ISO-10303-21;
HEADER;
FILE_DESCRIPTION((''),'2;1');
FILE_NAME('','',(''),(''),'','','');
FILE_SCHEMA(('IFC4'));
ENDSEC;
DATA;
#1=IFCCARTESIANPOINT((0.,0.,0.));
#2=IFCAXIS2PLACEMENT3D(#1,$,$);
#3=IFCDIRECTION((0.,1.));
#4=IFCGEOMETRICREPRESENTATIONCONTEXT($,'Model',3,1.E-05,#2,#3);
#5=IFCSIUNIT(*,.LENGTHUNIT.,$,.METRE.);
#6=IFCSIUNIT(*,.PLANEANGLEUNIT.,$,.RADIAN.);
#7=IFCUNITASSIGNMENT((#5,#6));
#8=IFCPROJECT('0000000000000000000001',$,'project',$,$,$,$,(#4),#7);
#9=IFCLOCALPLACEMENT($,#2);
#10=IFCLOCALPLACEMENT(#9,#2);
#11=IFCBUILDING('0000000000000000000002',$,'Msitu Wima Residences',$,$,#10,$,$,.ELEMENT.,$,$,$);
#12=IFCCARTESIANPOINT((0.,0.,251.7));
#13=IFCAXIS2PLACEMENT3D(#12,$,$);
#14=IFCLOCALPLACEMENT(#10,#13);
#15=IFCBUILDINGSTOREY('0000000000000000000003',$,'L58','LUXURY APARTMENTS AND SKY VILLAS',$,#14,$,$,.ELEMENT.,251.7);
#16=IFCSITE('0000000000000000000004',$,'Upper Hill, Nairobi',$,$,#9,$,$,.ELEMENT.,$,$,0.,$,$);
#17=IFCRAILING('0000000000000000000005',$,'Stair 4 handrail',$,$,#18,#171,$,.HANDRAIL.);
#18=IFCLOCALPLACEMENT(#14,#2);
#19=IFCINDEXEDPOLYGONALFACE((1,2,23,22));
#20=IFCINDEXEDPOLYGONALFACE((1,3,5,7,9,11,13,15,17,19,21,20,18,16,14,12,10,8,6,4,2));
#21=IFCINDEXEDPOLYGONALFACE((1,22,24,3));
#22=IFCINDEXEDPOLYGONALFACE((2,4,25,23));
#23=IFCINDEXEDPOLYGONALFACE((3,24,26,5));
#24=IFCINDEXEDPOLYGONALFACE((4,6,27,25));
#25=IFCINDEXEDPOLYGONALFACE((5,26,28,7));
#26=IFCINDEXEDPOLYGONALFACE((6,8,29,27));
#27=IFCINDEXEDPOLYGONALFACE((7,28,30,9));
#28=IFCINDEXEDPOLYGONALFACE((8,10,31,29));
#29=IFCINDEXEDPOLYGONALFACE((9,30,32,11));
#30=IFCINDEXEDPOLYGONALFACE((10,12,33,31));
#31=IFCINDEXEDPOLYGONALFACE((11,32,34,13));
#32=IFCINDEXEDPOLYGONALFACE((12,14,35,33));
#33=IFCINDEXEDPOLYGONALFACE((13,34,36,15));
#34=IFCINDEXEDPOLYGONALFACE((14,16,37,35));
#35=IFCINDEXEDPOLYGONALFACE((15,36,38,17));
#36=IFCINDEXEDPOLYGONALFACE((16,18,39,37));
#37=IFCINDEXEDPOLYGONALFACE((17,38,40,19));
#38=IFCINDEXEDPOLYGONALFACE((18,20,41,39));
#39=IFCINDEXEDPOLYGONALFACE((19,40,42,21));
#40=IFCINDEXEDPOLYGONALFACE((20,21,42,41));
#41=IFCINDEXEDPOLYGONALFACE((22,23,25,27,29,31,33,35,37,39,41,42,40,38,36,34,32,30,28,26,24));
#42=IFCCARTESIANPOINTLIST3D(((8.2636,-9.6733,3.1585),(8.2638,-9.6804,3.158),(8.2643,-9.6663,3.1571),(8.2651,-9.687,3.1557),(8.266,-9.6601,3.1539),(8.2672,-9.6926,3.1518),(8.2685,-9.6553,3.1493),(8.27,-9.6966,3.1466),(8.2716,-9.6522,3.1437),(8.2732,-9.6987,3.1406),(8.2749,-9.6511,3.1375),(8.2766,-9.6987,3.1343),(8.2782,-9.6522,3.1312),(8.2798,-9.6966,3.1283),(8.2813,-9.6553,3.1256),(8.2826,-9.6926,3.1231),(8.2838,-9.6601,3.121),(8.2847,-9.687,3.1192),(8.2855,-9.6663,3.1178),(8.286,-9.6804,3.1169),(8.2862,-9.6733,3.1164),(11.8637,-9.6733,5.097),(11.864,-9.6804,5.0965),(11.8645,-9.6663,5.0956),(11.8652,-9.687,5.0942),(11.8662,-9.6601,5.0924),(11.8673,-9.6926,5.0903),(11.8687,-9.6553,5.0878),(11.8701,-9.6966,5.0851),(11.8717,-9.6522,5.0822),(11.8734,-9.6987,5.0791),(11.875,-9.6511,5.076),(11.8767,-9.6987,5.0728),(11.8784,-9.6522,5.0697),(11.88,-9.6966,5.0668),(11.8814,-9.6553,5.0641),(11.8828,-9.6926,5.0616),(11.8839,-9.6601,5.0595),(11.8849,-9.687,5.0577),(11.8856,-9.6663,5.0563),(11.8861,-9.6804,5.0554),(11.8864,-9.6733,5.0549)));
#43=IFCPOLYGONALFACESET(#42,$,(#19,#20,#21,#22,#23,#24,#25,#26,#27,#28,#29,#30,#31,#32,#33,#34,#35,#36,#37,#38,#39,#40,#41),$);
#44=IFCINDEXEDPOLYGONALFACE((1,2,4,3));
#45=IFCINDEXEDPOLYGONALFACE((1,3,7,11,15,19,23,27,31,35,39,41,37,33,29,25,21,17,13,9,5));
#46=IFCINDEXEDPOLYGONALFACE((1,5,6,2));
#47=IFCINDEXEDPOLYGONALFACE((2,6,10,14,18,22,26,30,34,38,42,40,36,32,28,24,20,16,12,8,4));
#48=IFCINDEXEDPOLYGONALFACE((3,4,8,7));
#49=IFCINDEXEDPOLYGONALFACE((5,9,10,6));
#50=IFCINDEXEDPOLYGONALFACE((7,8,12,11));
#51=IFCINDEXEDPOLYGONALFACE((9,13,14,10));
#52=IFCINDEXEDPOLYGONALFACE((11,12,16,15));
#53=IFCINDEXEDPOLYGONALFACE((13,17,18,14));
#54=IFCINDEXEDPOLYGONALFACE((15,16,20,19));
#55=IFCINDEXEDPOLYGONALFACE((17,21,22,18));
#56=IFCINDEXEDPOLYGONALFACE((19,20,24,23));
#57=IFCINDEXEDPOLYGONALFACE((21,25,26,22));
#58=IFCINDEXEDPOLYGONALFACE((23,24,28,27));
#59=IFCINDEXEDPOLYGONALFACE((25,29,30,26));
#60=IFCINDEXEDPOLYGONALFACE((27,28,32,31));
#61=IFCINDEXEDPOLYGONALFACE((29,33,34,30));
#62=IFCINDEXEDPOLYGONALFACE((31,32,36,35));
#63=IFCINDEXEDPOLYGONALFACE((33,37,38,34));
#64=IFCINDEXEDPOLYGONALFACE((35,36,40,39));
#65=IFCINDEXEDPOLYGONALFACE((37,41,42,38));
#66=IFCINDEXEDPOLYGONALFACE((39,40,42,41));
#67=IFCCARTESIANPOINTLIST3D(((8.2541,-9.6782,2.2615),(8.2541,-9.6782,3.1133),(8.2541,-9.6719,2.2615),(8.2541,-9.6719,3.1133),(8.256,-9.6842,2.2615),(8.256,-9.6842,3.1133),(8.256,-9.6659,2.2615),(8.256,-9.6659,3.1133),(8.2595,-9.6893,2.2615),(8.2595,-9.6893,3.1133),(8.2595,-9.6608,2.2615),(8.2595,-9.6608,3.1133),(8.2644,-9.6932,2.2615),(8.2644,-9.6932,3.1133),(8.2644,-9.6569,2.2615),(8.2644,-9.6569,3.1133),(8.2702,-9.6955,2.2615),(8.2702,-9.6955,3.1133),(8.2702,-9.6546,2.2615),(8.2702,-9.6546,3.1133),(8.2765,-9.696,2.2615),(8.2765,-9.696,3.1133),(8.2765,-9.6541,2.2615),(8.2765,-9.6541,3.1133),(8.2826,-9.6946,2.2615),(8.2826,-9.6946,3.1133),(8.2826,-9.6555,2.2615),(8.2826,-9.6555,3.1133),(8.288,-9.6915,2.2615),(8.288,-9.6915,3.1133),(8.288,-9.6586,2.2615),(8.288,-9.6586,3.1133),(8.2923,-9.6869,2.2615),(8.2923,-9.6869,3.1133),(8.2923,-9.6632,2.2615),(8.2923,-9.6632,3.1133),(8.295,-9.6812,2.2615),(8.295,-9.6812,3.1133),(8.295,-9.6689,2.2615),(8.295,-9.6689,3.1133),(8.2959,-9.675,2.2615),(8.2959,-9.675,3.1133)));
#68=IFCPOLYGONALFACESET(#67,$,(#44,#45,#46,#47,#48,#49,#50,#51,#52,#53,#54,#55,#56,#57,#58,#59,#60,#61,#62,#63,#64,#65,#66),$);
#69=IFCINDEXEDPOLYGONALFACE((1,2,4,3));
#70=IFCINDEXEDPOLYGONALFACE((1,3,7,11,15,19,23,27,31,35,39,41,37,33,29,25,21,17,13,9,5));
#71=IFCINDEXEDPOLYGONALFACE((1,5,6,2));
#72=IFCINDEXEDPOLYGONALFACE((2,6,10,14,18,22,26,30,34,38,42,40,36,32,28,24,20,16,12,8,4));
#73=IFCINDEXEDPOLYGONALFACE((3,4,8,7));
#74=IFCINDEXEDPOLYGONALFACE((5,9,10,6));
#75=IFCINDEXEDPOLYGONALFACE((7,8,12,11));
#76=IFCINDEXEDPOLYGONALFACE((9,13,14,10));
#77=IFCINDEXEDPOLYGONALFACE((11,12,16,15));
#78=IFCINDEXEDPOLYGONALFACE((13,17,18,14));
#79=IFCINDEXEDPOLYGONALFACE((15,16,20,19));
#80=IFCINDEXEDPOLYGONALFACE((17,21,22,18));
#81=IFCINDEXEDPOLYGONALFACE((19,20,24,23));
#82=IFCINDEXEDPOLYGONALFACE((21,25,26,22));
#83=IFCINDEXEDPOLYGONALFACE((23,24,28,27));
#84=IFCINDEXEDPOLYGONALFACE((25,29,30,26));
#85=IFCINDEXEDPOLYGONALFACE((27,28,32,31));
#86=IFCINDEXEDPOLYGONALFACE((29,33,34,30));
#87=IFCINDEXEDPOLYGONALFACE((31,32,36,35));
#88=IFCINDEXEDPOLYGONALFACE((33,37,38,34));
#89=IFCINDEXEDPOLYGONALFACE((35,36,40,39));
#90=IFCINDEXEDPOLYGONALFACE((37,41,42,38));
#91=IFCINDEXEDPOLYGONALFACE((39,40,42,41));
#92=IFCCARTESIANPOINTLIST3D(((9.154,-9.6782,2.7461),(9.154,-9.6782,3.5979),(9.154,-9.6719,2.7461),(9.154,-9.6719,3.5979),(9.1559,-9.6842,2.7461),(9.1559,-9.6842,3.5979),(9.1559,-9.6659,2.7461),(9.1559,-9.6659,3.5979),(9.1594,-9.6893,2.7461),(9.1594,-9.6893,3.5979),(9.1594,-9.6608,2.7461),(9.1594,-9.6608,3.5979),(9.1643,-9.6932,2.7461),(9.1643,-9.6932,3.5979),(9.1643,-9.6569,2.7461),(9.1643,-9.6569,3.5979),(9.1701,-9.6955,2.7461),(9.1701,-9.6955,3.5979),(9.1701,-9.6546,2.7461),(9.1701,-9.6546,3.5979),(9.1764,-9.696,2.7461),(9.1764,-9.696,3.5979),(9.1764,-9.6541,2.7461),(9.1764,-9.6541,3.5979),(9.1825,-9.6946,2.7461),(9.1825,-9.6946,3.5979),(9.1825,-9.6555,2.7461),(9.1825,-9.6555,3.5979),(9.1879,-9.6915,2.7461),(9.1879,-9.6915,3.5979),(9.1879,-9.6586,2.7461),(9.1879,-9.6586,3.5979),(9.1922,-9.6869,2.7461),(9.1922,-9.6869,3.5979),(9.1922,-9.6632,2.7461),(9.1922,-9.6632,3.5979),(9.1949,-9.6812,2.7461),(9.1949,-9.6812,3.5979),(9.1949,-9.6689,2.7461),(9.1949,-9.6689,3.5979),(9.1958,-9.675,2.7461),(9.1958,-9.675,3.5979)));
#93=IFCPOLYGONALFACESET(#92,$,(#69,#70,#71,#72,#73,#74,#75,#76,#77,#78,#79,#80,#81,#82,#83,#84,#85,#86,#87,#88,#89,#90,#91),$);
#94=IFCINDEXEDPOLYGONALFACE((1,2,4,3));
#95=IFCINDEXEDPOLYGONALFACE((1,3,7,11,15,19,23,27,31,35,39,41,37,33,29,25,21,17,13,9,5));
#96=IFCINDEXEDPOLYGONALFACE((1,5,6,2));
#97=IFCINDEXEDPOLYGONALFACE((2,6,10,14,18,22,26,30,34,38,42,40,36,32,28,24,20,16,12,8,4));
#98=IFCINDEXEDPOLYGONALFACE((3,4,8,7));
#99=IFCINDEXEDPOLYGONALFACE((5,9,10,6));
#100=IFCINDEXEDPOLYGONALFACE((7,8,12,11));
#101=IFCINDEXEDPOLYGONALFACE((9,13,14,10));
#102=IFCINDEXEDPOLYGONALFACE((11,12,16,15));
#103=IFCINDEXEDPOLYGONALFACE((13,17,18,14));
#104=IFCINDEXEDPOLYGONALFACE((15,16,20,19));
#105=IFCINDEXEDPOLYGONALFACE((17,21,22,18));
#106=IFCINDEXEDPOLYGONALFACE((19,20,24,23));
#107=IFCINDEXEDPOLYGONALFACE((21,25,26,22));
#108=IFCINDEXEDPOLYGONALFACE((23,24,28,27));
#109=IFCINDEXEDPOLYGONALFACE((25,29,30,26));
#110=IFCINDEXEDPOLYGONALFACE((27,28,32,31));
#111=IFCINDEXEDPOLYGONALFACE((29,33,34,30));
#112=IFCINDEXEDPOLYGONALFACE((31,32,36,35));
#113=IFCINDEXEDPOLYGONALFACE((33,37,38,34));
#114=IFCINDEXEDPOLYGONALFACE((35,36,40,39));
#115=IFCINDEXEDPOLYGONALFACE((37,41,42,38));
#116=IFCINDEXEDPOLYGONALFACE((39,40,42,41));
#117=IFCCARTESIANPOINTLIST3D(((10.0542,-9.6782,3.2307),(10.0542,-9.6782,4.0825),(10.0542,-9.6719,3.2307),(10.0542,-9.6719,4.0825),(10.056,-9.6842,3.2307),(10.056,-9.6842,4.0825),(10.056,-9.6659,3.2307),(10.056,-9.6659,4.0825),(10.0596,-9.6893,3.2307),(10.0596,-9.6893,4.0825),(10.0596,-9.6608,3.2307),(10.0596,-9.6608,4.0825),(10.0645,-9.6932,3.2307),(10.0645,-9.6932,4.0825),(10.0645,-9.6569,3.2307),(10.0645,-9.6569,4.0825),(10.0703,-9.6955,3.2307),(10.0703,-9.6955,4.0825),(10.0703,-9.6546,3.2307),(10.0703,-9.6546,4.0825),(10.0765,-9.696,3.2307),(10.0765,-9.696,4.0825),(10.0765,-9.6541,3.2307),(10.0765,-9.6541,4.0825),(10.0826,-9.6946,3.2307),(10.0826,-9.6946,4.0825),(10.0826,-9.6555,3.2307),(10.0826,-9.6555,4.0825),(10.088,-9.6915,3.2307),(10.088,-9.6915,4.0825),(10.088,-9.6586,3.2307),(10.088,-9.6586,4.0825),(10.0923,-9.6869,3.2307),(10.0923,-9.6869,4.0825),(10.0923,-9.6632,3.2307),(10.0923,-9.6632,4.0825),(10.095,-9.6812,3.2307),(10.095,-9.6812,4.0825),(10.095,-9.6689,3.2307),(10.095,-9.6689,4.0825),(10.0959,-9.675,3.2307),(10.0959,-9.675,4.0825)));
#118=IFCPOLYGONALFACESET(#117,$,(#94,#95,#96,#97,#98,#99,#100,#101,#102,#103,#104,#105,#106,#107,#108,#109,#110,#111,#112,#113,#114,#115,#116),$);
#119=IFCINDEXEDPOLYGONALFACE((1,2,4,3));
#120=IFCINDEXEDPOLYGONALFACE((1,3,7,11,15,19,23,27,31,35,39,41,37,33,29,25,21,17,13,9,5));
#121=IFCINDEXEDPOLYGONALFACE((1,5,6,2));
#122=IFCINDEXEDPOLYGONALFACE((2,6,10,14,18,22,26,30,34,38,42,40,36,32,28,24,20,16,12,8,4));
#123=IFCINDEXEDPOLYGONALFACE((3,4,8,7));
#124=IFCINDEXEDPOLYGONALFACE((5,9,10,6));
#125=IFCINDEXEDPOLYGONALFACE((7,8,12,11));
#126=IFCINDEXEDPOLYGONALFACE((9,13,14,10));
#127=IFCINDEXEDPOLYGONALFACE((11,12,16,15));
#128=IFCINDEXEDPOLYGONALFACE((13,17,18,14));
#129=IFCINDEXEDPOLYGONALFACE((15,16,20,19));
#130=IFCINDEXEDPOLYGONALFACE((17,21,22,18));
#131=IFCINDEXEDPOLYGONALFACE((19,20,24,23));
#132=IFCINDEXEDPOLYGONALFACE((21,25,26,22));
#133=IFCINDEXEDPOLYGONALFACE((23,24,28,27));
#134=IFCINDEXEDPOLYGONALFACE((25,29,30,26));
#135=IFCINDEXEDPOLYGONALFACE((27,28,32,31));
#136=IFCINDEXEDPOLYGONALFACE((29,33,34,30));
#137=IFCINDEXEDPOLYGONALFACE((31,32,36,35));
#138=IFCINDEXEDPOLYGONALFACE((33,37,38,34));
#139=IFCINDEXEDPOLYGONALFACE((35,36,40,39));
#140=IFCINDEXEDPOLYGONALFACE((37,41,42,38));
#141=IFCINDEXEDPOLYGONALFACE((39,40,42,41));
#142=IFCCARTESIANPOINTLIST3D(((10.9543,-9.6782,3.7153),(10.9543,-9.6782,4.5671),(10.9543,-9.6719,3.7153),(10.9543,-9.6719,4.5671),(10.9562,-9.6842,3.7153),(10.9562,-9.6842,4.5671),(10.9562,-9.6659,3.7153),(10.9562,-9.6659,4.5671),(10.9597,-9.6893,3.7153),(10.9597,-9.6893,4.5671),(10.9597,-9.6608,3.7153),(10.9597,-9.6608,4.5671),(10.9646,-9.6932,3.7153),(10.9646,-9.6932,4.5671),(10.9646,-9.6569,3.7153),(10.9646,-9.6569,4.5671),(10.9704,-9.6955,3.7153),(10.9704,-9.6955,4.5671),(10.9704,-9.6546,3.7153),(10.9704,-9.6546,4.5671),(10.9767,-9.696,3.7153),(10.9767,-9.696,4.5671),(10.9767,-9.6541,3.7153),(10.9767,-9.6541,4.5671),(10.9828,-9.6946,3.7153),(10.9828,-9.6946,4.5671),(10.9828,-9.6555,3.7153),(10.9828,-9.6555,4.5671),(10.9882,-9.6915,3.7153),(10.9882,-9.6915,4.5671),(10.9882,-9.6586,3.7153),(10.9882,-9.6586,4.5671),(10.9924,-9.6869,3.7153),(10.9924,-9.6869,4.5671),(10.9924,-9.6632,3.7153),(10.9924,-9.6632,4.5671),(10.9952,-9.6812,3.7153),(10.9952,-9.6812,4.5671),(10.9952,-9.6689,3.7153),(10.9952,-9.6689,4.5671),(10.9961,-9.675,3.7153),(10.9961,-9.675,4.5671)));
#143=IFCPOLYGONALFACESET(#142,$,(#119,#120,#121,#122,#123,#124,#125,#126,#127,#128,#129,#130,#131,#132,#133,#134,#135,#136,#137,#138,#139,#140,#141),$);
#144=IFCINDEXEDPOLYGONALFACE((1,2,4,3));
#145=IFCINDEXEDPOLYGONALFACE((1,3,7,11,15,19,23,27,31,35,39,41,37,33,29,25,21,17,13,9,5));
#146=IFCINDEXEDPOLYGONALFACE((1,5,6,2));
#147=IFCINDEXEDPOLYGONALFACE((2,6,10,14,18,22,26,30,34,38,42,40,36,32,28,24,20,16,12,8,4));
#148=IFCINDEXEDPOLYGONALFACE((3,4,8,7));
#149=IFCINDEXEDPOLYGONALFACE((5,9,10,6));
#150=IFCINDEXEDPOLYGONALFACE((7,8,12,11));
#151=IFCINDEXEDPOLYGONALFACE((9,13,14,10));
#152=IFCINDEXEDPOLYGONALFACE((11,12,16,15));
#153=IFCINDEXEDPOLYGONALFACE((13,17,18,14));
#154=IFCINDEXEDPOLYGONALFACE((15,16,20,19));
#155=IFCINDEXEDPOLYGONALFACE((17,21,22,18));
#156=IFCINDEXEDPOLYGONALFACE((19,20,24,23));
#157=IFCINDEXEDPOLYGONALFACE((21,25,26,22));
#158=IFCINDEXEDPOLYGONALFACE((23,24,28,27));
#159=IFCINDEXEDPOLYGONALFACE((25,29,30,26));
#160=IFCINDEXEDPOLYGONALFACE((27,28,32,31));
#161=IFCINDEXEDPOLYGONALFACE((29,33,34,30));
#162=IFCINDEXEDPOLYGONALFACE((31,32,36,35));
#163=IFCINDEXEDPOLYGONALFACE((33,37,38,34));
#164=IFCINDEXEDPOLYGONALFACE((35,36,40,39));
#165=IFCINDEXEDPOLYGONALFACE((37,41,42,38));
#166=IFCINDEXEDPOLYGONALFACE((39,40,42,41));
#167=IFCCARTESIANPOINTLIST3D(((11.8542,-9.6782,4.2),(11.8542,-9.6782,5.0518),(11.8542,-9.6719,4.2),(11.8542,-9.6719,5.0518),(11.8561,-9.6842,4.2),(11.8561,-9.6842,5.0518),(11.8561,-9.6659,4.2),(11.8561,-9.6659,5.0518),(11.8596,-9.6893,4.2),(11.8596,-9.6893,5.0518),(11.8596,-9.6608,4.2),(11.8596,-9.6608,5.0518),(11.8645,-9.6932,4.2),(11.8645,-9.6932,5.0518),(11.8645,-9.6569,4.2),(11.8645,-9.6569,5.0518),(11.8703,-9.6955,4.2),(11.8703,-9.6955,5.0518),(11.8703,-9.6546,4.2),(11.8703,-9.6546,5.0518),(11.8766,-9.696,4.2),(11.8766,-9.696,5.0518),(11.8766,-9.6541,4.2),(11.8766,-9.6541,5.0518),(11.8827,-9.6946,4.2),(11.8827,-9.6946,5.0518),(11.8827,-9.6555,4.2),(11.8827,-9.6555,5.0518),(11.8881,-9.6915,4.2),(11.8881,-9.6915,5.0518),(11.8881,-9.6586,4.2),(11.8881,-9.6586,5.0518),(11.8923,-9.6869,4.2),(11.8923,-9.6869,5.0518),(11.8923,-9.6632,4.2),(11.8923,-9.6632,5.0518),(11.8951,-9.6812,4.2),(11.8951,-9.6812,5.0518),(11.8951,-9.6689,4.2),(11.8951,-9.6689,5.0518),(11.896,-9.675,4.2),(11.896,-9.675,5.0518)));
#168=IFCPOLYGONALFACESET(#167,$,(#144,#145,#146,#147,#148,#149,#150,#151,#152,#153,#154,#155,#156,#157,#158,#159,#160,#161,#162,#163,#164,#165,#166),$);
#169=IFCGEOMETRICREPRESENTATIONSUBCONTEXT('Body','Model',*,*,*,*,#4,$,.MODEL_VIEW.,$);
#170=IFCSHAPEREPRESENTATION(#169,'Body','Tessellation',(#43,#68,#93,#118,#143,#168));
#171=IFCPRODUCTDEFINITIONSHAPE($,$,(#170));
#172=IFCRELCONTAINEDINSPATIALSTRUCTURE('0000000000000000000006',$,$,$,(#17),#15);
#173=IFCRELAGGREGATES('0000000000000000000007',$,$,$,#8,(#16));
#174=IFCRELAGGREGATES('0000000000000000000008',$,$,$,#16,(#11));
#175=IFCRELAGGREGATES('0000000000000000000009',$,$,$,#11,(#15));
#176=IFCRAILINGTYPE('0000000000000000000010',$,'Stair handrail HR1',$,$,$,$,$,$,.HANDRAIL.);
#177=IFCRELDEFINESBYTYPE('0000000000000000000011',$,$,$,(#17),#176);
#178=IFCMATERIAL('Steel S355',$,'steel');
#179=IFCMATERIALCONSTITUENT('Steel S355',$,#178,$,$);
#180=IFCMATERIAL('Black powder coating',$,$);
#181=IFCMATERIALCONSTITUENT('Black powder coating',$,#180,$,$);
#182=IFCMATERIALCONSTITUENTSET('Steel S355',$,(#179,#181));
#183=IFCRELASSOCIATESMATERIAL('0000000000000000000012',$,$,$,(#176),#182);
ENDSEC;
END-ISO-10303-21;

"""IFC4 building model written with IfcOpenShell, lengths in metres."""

from ifc_helpers import new_model, si_unit, direction, frame, origin, origin_2d, place, context, subcontext, project, spatial, circle, extrude, material, constituent, constituent_set, type_object, element, save


model = new_model("IFC4")

# Units and contexts
model_context = context("Model", 3, precision=1e-05, world=origin(), true_north=direction((0.0, 1.0)))
body_context = subcontext(model_context, "Body", "Model", "MODEL_VIEW")
ifc_project = project(units=[si_unit("LENGTHUNIT", "METRE"), si_unit("PLANEANGLEUNIT", "RADIAN")], contexts=[model_context])

# Site, building, storey
site_placement = place(None, origin())
site = spatial("IfcSite", under=ifc_project, at=site_placement, Name="Upper Hill, Nairobi", CompositionType="ELEMENT", RefElevation=0.0)
building_placement = place(site_placement, origin())
building = spatial("IfcBuilding", under=site, at=building_placement, Name="Msitu Wima Residences", CompositionType="ELEMENT")
storey_placement = place(building_placement, frame((0.0, 0.0, 251.7)))
storey = spatial("IfcBuildingStorey", under=building, at=storey_placement, Name="L58", Description="LUXURY APARTMENTS AND SKY VILLAS", CompositionType="ELEMENT", Elevation=251.7)

# Railing
ifc_material_1 = material(Name="Steel S355", Category="steel")
ifc_constituent_1 = constituent(ifc_material_1, Name="Steel S355")
ifc_material_2 = material(Name="Black powder coating")
ifc_constituent_2 = constituent(ifc_material_2, Name="Black powder coating")
ifc_constituent_set = constituent_set(constituents=[ifc_constituent_1, ifc_constituent_2], Name="Steel S355")
railing_type = type_object("IfcRailingType", Name="Stair handrail HR1", PredefinedType="HANDRAIL", material=ifc_constituent_set)
for number, where, name in (
    (1, (8.2749, -9.675, 2.2615), "Stair 4 handrail"),
):
    element("IfcRailing", number, at=place(storey_placement, frame(where)), inside=storey, type_object=railing_type, Name=name, PredefinedType="HANDRAIL", context=body_context, shape_type="SweptSolid", body=[
        extrude(circle(Radius=0.0239, at=origin_2d()), frame((0.0, 0.0, 0.876), z_axis=(0.880475, 0.0, 0.474093), x_axis=(0.0, 1.0, 0.0)), (0.0, 0.0, 1.0), 4.0889),
        extrude(circle(Radius=0.021, at=origin_2d()), origin(), (0.0, 0.0, 1.0), 0.8518),
        extrude(circle(Radius=0.021, at=origin_2d()), frame((0.8999, 0.0, 0.4846)), (0.0, 0.0, 1.0), 0.8518),
        extrude(circle(Radius=0.021, at=origin_2d()), frame((1.8, 0.0, 0.9692)), (0.0, 0.0, 1.0), 0.8518),
        extrude(circle(Radius=0.021, at=origin_2d()), frame((2.7002, 0.0, 1.4539)), (0.0, 0.0, 1.0), 0.8518),
        extrude(circle(Radius=0.021, at=origin_2d()), frame((3.6001, 0.0, 1.9385)), (0.0, 0.0, 1.0), 0.8518),
    ])

save(model, "model.ifc")
